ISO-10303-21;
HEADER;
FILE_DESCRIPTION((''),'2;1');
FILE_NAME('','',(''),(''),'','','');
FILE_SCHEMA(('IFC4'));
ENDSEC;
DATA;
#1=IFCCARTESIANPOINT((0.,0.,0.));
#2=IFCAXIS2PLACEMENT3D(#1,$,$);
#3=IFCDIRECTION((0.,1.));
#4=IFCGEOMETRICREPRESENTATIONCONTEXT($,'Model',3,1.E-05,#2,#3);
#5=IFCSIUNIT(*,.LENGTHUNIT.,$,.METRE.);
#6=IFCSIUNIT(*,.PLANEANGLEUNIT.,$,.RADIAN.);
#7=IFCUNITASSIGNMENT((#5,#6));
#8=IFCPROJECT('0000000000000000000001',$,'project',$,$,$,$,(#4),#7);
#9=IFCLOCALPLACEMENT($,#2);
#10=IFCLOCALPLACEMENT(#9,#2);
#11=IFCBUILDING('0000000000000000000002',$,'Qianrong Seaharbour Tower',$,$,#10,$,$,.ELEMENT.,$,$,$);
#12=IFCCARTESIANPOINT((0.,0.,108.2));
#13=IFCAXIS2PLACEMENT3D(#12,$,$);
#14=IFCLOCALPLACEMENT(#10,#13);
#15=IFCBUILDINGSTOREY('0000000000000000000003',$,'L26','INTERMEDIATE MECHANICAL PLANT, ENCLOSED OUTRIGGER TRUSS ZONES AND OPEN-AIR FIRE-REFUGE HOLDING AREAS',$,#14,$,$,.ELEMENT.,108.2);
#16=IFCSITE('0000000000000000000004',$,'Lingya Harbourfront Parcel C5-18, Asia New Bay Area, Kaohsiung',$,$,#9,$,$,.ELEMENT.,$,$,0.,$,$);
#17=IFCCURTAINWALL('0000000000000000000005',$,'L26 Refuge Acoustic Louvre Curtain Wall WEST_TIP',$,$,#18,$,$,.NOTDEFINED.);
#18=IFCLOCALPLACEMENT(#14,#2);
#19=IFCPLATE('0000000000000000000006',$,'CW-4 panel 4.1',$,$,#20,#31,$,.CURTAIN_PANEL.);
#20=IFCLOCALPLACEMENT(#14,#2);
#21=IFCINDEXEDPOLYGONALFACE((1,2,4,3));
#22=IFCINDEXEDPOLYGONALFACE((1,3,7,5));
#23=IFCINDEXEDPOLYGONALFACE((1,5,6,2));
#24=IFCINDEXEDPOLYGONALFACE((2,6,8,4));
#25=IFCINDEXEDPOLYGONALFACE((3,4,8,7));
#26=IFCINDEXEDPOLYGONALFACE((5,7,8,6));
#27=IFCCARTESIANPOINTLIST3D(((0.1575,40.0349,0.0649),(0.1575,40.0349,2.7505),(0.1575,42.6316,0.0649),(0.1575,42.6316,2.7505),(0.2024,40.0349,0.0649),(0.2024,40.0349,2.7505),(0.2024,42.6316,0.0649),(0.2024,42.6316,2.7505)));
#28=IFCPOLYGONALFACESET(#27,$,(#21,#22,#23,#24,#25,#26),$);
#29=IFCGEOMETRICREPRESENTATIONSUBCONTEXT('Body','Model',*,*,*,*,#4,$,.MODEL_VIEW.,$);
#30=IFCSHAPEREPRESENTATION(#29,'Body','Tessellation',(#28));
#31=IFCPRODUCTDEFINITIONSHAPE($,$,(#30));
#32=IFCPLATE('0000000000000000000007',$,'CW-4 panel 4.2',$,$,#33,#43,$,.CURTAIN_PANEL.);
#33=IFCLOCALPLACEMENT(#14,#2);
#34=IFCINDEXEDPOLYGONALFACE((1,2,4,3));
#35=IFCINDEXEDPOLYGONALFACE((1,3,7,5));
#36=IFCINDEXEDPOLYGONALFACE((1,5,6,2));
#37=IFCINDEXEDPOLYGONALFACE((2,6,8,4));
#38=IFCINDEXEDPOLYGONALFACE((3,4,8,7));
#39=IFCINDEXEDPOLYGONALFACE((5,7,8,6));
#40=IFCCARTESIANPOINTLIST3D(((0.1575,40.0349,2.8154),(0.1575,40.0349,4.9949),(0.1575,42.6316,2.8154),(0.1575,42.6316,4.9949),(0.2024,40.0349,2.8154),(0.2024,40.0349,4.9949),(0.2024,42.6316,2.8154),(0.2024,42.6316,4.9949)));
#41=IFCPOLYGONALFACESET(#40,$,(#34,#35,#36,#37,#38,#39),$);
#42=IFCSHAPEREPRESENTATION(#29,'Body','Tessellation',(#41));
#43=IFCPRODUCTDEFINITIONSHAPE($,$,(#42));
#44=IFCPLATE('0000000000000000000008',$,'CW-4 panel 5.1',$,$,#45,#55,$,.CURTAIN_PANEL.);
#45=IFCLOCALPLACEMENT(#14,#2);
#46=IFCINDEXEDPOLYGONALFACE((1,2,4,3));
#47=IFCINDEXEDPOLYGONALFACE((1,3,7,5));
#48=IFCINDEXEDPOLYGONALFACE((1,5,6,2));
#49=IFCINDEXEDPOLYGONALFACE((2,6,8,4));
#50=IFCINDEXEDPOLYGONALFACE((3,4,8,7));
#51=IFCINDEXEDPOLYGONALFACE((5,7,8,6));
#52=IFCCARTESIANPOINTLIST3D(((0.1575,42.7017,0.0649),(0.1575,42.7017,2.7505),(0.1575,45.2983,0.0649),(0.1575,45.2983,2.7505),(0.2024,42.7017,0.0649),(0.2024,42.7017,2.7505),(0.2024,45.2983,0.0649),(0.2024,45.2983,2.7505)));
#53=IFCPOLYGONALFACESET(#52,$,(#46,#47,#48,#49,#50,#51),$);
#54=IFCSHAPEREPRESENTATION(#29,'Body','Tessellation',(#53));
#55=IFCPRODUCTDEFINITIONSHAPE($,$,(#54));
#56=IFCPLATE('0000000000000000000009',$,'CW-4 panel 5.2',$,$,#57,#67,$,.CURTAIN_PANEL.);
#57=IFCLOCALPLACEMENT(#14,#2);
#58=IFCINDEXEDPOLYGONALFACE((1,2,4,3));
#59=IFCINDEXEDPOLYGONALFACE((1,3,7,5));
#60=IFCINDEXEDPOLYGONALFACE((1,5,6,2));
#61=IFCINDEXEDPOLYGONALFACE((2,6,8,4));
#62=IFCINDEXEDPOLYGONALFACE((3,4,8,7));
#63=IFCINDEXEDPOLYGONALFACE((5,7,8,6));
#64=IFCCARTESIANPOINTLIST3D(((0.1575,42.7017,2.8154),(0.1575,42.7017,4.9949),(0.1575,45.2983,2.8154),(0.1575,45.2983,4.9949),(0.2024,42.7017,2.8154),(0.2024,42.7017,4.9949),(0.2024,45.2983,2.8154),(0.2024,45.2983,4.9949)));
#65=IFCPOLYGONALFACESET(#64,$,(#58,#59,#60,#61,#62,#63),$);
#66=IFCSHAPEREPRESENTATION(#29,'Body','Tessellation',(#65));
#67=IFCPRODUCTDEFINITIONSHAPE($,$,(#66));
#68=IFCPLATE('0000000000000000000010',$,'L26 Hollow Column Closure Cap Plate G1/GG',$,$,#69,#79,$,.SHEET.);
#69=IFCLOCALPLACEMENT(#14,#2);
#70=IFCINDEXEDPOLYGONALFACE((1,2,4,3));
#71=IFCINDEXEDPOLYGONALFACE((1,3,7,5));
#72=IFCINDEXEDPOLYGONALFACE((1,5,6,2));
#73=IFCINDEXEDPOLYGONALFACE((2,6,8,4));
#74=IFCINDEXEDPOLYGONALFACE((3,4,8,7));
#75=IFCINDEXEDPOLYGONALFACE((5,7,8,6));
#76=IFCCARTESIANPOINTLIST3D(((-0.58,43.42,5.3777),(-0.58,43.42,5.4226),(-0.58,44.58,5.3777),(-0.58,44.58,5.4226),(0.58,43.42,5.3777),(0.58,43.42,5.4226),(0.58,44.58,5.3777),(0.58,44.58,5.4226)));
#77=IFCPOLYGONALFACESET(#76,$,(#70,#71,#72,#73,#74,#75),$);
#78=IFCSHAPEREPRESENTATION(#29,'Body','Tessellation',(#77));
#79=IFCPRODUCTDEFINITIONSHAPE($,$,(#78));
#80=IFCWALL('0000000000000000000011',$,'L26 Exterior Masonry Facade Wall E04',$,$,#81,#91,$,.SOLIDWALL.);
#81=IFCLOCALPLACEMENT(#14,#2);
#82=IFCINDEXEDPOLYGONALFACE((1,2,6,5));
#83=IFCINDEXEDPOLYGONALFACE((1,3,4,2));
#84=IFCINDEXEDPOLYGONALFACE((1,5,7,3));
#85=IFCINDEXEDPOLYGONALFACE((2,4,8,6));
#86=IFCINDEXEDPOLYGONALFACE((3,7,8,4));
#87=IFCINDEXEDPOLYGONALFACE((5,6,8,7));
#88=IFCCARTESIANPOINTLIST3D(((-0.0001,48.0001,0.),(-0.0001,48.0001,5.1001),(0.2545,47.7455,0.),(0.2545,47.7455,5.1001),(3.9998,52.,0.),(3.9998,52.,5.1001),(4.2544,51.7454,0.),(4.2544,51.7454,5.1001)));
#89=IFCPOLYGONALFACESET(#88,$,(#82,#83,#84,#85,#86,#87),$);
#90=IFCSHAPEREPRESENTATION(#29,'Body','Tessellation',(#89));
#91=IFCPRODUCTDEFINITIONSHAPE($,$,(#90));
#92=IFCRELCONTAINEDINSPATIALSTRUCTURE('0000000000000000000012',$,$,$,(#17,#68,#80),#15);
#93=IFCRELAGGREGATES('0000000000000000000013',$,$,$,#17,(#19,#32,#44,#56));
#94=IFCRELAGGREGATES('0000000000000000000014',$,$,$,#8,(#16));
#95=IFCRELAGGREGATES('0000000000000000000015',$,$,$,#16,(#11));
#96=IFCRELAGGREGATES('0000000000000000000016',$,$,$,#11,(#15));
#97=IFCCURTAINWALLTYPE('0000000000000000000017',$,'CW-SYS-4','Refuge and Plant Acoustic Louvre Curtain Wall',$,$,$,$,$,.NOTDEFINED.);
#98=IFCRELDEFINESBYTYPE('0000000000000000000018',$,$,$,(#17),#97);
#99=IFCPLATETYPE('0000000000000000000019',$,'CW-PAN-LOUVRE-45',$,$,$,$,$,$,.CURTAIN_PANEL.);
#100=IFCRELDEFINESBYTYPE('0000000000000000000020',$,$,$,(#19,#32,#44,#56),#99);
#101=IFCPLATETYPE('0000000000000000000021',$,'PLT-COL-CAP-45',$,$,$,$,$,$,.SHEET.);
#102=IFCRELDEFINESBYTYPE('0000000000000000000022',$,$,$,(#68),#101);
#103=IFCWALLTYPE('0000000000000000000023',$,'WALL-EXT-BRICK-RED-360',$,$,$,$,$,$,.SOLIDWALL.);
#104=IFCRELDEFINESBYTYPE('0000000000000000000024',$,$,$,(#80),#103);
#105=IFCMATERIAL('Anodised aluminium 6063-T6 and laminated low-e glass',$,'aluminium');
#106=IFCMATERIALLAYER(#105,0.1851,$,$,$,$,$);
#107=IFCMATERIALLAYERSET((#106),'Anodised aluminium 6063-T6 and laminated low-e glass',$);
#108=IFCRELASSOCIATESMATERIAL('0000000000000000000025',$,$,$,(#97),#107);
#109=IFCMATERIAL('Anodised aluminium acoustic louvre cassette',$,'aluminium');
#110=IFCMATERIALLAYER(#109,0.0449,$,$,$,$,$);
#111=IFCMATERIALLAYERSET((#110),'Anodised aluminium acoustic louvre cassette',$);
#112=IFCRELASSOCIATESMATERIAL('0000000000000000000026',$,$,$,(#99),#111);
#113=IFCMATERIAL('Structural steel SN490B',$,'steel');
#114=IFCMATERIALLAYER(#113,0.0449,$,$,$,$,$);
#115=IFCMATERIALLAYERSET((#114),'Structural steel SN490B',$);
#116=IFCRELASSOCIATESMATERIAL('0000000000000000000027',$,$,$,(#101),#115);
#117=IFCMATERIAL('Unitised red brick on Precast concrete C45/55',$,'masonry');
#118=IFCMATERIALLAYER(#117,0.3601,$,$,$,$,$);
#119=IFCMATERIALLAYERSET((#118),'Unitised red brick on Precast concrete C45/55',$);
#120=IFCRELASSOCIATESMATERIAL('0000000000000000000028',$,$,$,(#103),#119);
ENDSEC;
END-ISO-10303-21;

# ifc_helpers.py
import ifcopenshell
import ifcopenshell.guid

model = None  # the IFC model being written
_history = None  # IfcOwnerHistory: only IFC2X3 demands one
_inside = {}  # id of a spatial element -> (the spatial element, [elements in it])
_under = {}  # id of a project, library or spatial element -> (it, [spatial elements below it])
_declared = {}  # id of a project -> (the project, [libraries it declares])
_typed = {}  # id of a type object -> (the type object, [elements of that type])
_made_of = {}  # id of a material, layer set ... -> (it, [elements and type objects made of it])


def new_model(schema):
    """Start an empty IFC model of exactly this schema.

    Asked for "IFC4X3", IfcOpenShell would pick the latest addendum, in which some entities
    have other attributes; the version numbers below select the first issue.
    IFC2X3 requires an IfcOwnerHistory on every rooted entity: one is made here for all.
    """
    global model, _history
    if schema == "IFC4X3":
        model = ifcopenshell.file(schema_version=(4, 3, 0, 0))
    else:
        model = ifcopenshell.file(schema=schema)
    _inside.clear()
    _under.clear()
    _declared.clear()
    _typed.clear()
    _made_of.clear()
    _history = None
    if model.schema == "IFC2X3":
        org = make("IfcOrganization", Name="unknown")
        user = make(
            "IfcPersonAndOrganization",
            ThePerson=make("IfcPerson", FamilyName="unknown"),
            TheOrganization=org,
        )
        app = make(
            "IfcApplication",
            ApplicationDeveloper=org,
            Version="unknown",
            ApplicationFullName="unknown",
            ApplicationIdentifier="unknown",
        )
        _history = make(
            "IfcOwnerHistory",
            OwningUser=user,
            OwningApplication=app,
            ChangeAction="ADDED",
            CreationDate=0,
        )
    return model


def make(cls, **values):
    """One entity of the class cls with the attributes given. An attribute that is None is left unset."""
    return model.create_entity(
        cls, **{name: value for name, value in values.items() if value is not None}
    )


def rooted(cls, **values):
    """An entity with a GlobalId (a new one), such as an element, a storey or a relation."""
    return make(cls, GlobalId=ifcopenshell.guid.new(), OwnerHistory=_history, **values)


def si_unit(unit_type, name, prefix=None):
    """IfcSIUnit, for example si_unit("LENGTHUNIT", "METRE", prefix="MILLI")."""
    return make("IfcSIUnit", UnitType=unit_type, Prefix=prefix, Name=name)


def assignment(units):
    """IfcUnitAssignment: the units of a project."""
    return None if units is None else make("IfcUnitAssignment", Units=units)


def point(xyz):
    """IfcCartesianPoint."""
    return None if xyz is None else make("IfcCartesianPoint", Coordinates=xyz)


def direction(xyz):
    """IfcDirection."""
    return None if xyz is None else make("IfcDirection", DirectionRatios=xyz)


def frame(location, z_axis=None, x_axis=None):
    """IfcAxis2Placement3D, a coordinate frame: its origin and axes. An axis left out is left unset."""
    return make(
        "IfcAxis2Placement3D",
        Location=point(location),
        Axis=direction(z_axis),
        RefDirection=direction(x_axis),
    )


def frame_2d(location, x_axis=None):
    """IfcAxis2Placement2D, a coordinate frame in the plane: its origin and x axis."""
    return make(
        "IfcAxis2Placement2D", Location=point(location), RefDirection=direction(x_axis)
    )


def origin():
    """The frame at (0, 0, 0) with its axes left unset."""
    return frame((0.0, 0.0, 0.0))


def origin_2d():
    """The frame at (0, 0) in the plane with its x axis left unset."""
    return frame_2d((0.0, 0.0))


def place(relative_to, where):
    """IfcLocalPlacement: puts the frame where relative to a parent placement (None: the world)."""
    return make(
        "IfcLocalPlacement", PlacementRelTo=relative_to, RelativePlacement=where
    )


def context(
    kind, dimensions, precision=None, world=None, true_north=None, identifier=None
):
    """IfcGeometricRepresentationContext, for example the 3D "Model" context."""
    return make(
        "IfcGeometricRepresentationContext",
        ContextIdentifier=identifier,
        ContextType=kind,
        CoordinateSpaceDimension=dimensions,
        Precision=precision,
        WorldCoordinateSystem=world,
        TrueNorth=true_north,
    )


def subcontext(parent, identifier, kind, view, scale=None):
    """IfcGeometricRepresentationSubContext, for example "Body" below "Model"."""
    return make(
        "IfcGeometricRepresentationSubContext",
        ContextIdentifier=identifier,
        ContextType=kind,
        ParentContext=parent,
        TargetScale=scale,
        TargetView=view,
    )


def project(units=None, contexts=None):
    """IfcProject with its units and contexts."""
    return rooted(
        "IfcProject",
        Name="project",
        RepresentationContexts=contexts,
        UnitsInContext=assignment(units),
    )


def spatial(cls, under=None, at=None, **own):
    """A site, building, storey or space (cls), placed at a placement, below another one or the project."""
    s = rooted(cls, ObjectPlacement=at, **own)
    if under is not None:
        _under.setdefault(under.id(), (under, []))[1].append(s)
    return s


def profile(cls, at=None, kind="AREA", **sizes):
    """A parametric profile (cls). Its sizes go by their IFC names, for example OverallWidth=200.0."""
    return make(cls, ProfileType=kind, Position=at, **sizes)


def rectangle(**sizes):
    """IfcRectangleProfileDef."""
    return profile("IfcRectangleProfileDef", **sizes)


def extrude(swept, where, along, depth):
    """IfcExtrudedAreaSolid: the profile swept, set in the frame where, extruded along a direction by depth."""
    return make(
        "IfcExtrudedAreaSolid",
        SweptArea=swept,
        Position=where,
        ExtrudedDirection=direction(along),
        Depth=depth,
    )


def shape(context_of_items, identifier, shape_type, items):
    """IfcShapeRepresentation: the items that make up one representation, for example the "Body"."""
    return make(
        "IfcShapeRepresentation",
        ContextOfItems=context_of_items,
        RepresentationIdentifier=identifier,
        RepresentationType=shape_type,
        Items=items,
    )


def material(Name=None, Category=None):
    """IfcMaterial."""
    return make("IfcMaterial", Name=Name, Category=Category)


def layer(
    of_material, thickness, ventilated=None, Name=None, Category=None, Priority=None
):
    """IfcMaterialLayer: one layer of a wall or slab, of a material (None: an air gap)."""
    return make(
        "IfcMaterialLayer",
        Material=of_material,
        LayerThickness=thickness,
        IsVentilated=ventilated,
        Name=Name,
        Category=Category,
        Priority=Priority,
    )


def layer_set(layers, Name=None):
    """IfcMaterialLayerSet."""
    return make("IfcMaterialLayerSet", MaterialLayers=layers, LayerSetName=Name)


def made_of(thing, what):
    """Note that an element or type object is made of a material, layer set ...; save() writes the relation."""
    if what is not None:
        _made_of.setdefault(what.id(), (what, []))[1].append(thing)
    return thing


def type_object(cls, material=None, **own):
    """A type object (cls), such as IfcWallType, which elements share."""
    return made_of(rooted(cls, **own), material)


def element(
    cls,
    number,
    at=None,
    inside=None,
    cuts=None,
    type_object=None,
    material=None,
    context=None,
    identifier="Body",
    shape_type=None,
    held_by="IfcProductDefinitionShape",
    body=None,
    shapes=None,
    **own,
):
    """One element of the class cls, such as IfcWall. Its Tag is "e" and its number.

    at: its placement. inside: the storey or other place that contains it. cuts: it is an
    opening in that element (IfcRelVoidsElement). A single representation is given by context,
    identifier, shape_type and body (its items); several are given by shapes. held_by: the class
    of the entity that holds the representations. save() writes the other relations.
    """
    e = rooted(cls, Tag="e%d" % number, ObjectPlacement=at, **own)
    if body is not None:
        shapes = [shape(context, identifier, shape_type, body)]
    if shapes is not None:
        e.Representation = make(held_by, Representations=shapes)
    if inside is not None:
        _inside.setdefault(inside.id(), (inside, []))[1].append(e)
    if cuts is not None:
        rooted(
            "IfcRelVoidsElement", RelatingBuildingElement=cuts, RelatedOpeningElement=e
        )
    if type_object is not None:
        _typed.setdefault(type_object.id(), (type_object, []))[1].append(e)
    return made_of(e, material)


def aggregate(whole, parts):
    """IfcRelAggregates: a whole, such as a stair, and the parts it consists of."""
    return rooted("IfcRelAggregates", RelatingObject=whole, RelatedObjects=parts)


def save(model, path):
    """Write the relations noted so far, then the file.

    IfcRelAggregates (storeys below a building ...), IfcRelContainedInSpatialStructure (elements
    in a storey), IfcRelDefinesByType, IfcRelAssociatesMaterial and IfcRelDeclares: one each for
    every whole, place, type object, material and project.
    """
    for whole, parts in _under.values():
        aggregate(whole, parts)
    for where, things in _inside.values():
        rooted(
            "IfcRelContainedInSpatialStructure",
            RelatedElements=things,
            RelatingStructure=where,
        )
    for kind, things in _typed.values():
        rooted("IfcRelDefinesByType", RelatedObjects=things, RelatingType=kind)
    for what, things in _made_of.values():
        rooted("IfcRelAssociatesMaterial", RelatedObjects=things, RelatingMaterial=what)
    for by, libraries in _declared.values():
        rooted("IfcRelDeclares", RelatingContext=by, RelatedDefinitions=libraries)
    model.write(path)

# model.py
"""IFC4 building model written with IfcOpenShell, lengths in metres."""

from ifc_helpers import new_model, si_unit, direction, frame, frame_2d, origin, origin_2d, place, context, subcontext, project, spatial, rectangle, extrude, material, layer, layer_set, type_object, element, aggregate, save


model = new_model("IFC4")

# Units and contexts
model_context = context("Model", 3, precision=1e-05, world=origin(), true_north=direction((0.0, 1.0)))
body_context = subcontext(model_context, "Body", "Model", "MODEL_VIEW")
ifc_project = project(units=[si_unit("LENGTHUNIT", "METRE"), si_unit("PLANEANGLEUNIT", "RADIAN")], contexts=[model_context])

# Site, building, storey
site_placement = place(None, origin())
site = spatial("IfcSite", under=ifc_project, at=site_placement, Name="Lingya Harbourfront Parcel C5-18, Asia New Bay Area, Kaohsiung", CompositionType="ELEMENT", RefElevation=0.0)
building_placement = place(site_placement, origin())
building = spatial("IfcBuilding", under=site, at=building_placement, Name="Qianrong Seaharbour Tower", CompositionType="ELEMENT")
storey_placement = place(building_placement, frame((0.0, 0.0, 108.2)))
storey = spatial("IfcBuildingStorey", under=building, at=storey_placement, Name="L26", Description="INTERMEDIATE MECHANICAL PLANT, ENCLOSED OUTRIGGER TRUSS ZONES AND OPEN-AIR FIRE-REFUGE HOLDING AREAS", CompositionType="ELEMENT", Elevation=108.2)

# Shared definitions
ifc_material_1 = material(Name="Structural steel SN490B", Category="steel")

# Curtain wall, plates
ifc_material_2 = material(Name="Anodised aluminium 6063-T6 and laminated low-e glass", Category="aluminium")
ifc_layer_1 = layer(ifc_material_2, 0.1851)
ifc_layer_set_1 = layer_set([ifc_layer_1], Name="Anodised aluminium 6063-T6 and laminated low-e glass")
curtain_wall_type = type_object("IfcCurtainWallType", Name="CW-SYS-4", Description="Refuge and Plant Acoustic Louvre Curtain Wall", PredefinedType="NOTDEFINED", material=ifc_layer_set_1)
curtain_wall_placement = place(storey_placement, origin())
curtain_wall = element("IfcCurtainWall", 1, at=curtain_wall_placement, inside=storey, type_object=curtain_wall_type, Name="L26 Refuge Acoustic Louvre Curtain Wall WEST_TIP", PredefinedType="NOTDEFINED")
ifc_material_3 = material(Name="Anodised aluminium acoustic louvre cassette", Category="aluminium")
ifc_layer_2 = layer(ifc_material_3, 0.0449)
ifc_layer_set_2 = layer_set([ifc_layer_2], Name="Anodised aluminium acoustic louvre cassette")
plate_type_1 = type_object("IfcPlateType", Name="CW-PAN-LOUVRE-45", PredefinedType="CURTAIN_PANEL", material=ifc_layer_set_2)
plate_1_placement = place(storey_placement, frame((0.1799, 41.3333, 0.0649), z_axis=(0.0, 0.0, 1.0), x_axis=(0.0, 1.0, 0.0)))
plate_1 = element("IfcPlate", 2, at=plate_1_placement, type_object=plate_type_1, Name="CW-4 panel 4.1", PredefinedType="CURTAIN_PANEL", context=body_context, shape_type="SweptSolid", body=[
    extrude(rectangle(XDim=2.5967, YDim=0.0449, at=origin_2d()), origin(), (0.0, 0.0, 1.0), 2.6855),
])
plate_2_placement = place(storey_placement, frame((0.1799, 41.3333, 2.8154), z_axis=(0.0, 0.0, 1.0), x_axis=(0.0, 1.0, 0.0)))
plate_2 = element("IfcPlate", 3, at=plate_2_placement, type_object=plate_type_1, Name="CW-4 panel 4.2", PredefinedType="CURTAIN_PANEL", context=body_context, shape_type="SweptSolid", body=[
    extrude(rectangle(XDim=2.5967, YDim=0.0449, at=origin_2d()), origin(), (0.0, 0.0, 1.0), 2.1794),
])
plate_3_placement = place(storey_placement, frame((0.1799, 44.0, 0.0649), z_axis=(0.0, 0.0, 1.0), x_axis=(0.0, 1.0, 0.0)))
plate_3 = element("IfcPlate", 4, at=plate_3_placement, type_object=plate_type_1, Name="CW-4 panel 5.1", PredefinedType="CURTAIN_PANEL", context=body_context, shape_type="SweptSolid", body=[
    extrude(rectangle(XDim=2.5967, YDim=0.0449, at=origin_2d()), origin(), (0.0, 0.0, 1.0), 2.6855),
])
plate_4_placement = place(storey_placement, frame((0.1799, 44.0, 2.8154), z_axis=(0.0, 0.0, 1.0), x_axis=(0.0, 1.0, 0.0)))
plate_4 = element("IfcPlate", 5, at=plate_4_placement, type_object=plate_type_1, Name="CW-4 panel 5.2", PredefinedType="CURTAIN_PANEL", context=body_context, shape_type="SweptSolid", body=[
    extrude(rectangle(XDim=2.5967, YDim=0.0449, at=origin_2d()), origin(), (0.0, 0.0, 1.0), 2.1794),
])
aggregate(curtain_wall, [plate_1, plate_2, plate_3, plate_4])

# Plate
ifc_layer_3 = layer(ifc_material_1, 0.0449)
ifc_layer_set_3 = layer_set([ifc_layer_3], Name="Structural steel SN490B")
plate_type_2 = type_object("IfcPlateType", Name="PLT-COL-CAP-45", PredefinedType="SHEET", material=ifc_layer_set_3)
plate_5_placement = place(storey_placement, frame((0.0, 44.0, 5.3777), z_axis=(0.0, 0.0, 1.0), x_axis=(1.0, 0.0, 0.0)))
element("IfcPlate", 6, at=plate_5_placement, inside=storey, type_object=plate_type_2, Name="L26 Hollow Column Closure Cap Plate G1/GG", PredefinedType="SHEET", context=body_context, shape_type="SweptSolid", body=[
    extrude(rectangle(XDim=1.1599, YDim=1.1599, at=origin_2d()), origin(), (0.0, 0.0, 1.0), 0.0449),
])

# Wall
ifc_material_4 = material(Name="Unitised red brick on Precast concrete C45/55", Category="masonry")
ifc_layer_4 = layer(ifc_material_4, 0.3601)
ifc_layer_set_4 = layer_set([ifc_layer_4], Name="Unitised red brick on Precast concrete C45/55")
wall_type = type_object("IfcWallType", Name="WALL-EXT-BRICK-RED-360", PredefinedType="SOLIDWALL", material=ifc_layer_set_4)
wall_placement = place(storey_placement, frame((0.1272, 47.8728, 0.0), z_axis=(0.0, 0.0, 1.0), x_axis=(0.707107, 0.707107, 0.0)))
element("IfcWall", 7, at=wall_placement, inside=storey, type_object=wall_type, Name="L26 Exterior Masonry Facade Wall E04", PredefinedType="SOLIDWALL", context=body_context, shape_type="SweptSolid", body=[
    extrude(rectangle(XDim=5.6567, YDim=0.3601, at=frame_2d((2.8284, 0.0))), origin(), (0.0, 0.0, 1.0), 5.1001),
])

save(model, "model.ifc")
